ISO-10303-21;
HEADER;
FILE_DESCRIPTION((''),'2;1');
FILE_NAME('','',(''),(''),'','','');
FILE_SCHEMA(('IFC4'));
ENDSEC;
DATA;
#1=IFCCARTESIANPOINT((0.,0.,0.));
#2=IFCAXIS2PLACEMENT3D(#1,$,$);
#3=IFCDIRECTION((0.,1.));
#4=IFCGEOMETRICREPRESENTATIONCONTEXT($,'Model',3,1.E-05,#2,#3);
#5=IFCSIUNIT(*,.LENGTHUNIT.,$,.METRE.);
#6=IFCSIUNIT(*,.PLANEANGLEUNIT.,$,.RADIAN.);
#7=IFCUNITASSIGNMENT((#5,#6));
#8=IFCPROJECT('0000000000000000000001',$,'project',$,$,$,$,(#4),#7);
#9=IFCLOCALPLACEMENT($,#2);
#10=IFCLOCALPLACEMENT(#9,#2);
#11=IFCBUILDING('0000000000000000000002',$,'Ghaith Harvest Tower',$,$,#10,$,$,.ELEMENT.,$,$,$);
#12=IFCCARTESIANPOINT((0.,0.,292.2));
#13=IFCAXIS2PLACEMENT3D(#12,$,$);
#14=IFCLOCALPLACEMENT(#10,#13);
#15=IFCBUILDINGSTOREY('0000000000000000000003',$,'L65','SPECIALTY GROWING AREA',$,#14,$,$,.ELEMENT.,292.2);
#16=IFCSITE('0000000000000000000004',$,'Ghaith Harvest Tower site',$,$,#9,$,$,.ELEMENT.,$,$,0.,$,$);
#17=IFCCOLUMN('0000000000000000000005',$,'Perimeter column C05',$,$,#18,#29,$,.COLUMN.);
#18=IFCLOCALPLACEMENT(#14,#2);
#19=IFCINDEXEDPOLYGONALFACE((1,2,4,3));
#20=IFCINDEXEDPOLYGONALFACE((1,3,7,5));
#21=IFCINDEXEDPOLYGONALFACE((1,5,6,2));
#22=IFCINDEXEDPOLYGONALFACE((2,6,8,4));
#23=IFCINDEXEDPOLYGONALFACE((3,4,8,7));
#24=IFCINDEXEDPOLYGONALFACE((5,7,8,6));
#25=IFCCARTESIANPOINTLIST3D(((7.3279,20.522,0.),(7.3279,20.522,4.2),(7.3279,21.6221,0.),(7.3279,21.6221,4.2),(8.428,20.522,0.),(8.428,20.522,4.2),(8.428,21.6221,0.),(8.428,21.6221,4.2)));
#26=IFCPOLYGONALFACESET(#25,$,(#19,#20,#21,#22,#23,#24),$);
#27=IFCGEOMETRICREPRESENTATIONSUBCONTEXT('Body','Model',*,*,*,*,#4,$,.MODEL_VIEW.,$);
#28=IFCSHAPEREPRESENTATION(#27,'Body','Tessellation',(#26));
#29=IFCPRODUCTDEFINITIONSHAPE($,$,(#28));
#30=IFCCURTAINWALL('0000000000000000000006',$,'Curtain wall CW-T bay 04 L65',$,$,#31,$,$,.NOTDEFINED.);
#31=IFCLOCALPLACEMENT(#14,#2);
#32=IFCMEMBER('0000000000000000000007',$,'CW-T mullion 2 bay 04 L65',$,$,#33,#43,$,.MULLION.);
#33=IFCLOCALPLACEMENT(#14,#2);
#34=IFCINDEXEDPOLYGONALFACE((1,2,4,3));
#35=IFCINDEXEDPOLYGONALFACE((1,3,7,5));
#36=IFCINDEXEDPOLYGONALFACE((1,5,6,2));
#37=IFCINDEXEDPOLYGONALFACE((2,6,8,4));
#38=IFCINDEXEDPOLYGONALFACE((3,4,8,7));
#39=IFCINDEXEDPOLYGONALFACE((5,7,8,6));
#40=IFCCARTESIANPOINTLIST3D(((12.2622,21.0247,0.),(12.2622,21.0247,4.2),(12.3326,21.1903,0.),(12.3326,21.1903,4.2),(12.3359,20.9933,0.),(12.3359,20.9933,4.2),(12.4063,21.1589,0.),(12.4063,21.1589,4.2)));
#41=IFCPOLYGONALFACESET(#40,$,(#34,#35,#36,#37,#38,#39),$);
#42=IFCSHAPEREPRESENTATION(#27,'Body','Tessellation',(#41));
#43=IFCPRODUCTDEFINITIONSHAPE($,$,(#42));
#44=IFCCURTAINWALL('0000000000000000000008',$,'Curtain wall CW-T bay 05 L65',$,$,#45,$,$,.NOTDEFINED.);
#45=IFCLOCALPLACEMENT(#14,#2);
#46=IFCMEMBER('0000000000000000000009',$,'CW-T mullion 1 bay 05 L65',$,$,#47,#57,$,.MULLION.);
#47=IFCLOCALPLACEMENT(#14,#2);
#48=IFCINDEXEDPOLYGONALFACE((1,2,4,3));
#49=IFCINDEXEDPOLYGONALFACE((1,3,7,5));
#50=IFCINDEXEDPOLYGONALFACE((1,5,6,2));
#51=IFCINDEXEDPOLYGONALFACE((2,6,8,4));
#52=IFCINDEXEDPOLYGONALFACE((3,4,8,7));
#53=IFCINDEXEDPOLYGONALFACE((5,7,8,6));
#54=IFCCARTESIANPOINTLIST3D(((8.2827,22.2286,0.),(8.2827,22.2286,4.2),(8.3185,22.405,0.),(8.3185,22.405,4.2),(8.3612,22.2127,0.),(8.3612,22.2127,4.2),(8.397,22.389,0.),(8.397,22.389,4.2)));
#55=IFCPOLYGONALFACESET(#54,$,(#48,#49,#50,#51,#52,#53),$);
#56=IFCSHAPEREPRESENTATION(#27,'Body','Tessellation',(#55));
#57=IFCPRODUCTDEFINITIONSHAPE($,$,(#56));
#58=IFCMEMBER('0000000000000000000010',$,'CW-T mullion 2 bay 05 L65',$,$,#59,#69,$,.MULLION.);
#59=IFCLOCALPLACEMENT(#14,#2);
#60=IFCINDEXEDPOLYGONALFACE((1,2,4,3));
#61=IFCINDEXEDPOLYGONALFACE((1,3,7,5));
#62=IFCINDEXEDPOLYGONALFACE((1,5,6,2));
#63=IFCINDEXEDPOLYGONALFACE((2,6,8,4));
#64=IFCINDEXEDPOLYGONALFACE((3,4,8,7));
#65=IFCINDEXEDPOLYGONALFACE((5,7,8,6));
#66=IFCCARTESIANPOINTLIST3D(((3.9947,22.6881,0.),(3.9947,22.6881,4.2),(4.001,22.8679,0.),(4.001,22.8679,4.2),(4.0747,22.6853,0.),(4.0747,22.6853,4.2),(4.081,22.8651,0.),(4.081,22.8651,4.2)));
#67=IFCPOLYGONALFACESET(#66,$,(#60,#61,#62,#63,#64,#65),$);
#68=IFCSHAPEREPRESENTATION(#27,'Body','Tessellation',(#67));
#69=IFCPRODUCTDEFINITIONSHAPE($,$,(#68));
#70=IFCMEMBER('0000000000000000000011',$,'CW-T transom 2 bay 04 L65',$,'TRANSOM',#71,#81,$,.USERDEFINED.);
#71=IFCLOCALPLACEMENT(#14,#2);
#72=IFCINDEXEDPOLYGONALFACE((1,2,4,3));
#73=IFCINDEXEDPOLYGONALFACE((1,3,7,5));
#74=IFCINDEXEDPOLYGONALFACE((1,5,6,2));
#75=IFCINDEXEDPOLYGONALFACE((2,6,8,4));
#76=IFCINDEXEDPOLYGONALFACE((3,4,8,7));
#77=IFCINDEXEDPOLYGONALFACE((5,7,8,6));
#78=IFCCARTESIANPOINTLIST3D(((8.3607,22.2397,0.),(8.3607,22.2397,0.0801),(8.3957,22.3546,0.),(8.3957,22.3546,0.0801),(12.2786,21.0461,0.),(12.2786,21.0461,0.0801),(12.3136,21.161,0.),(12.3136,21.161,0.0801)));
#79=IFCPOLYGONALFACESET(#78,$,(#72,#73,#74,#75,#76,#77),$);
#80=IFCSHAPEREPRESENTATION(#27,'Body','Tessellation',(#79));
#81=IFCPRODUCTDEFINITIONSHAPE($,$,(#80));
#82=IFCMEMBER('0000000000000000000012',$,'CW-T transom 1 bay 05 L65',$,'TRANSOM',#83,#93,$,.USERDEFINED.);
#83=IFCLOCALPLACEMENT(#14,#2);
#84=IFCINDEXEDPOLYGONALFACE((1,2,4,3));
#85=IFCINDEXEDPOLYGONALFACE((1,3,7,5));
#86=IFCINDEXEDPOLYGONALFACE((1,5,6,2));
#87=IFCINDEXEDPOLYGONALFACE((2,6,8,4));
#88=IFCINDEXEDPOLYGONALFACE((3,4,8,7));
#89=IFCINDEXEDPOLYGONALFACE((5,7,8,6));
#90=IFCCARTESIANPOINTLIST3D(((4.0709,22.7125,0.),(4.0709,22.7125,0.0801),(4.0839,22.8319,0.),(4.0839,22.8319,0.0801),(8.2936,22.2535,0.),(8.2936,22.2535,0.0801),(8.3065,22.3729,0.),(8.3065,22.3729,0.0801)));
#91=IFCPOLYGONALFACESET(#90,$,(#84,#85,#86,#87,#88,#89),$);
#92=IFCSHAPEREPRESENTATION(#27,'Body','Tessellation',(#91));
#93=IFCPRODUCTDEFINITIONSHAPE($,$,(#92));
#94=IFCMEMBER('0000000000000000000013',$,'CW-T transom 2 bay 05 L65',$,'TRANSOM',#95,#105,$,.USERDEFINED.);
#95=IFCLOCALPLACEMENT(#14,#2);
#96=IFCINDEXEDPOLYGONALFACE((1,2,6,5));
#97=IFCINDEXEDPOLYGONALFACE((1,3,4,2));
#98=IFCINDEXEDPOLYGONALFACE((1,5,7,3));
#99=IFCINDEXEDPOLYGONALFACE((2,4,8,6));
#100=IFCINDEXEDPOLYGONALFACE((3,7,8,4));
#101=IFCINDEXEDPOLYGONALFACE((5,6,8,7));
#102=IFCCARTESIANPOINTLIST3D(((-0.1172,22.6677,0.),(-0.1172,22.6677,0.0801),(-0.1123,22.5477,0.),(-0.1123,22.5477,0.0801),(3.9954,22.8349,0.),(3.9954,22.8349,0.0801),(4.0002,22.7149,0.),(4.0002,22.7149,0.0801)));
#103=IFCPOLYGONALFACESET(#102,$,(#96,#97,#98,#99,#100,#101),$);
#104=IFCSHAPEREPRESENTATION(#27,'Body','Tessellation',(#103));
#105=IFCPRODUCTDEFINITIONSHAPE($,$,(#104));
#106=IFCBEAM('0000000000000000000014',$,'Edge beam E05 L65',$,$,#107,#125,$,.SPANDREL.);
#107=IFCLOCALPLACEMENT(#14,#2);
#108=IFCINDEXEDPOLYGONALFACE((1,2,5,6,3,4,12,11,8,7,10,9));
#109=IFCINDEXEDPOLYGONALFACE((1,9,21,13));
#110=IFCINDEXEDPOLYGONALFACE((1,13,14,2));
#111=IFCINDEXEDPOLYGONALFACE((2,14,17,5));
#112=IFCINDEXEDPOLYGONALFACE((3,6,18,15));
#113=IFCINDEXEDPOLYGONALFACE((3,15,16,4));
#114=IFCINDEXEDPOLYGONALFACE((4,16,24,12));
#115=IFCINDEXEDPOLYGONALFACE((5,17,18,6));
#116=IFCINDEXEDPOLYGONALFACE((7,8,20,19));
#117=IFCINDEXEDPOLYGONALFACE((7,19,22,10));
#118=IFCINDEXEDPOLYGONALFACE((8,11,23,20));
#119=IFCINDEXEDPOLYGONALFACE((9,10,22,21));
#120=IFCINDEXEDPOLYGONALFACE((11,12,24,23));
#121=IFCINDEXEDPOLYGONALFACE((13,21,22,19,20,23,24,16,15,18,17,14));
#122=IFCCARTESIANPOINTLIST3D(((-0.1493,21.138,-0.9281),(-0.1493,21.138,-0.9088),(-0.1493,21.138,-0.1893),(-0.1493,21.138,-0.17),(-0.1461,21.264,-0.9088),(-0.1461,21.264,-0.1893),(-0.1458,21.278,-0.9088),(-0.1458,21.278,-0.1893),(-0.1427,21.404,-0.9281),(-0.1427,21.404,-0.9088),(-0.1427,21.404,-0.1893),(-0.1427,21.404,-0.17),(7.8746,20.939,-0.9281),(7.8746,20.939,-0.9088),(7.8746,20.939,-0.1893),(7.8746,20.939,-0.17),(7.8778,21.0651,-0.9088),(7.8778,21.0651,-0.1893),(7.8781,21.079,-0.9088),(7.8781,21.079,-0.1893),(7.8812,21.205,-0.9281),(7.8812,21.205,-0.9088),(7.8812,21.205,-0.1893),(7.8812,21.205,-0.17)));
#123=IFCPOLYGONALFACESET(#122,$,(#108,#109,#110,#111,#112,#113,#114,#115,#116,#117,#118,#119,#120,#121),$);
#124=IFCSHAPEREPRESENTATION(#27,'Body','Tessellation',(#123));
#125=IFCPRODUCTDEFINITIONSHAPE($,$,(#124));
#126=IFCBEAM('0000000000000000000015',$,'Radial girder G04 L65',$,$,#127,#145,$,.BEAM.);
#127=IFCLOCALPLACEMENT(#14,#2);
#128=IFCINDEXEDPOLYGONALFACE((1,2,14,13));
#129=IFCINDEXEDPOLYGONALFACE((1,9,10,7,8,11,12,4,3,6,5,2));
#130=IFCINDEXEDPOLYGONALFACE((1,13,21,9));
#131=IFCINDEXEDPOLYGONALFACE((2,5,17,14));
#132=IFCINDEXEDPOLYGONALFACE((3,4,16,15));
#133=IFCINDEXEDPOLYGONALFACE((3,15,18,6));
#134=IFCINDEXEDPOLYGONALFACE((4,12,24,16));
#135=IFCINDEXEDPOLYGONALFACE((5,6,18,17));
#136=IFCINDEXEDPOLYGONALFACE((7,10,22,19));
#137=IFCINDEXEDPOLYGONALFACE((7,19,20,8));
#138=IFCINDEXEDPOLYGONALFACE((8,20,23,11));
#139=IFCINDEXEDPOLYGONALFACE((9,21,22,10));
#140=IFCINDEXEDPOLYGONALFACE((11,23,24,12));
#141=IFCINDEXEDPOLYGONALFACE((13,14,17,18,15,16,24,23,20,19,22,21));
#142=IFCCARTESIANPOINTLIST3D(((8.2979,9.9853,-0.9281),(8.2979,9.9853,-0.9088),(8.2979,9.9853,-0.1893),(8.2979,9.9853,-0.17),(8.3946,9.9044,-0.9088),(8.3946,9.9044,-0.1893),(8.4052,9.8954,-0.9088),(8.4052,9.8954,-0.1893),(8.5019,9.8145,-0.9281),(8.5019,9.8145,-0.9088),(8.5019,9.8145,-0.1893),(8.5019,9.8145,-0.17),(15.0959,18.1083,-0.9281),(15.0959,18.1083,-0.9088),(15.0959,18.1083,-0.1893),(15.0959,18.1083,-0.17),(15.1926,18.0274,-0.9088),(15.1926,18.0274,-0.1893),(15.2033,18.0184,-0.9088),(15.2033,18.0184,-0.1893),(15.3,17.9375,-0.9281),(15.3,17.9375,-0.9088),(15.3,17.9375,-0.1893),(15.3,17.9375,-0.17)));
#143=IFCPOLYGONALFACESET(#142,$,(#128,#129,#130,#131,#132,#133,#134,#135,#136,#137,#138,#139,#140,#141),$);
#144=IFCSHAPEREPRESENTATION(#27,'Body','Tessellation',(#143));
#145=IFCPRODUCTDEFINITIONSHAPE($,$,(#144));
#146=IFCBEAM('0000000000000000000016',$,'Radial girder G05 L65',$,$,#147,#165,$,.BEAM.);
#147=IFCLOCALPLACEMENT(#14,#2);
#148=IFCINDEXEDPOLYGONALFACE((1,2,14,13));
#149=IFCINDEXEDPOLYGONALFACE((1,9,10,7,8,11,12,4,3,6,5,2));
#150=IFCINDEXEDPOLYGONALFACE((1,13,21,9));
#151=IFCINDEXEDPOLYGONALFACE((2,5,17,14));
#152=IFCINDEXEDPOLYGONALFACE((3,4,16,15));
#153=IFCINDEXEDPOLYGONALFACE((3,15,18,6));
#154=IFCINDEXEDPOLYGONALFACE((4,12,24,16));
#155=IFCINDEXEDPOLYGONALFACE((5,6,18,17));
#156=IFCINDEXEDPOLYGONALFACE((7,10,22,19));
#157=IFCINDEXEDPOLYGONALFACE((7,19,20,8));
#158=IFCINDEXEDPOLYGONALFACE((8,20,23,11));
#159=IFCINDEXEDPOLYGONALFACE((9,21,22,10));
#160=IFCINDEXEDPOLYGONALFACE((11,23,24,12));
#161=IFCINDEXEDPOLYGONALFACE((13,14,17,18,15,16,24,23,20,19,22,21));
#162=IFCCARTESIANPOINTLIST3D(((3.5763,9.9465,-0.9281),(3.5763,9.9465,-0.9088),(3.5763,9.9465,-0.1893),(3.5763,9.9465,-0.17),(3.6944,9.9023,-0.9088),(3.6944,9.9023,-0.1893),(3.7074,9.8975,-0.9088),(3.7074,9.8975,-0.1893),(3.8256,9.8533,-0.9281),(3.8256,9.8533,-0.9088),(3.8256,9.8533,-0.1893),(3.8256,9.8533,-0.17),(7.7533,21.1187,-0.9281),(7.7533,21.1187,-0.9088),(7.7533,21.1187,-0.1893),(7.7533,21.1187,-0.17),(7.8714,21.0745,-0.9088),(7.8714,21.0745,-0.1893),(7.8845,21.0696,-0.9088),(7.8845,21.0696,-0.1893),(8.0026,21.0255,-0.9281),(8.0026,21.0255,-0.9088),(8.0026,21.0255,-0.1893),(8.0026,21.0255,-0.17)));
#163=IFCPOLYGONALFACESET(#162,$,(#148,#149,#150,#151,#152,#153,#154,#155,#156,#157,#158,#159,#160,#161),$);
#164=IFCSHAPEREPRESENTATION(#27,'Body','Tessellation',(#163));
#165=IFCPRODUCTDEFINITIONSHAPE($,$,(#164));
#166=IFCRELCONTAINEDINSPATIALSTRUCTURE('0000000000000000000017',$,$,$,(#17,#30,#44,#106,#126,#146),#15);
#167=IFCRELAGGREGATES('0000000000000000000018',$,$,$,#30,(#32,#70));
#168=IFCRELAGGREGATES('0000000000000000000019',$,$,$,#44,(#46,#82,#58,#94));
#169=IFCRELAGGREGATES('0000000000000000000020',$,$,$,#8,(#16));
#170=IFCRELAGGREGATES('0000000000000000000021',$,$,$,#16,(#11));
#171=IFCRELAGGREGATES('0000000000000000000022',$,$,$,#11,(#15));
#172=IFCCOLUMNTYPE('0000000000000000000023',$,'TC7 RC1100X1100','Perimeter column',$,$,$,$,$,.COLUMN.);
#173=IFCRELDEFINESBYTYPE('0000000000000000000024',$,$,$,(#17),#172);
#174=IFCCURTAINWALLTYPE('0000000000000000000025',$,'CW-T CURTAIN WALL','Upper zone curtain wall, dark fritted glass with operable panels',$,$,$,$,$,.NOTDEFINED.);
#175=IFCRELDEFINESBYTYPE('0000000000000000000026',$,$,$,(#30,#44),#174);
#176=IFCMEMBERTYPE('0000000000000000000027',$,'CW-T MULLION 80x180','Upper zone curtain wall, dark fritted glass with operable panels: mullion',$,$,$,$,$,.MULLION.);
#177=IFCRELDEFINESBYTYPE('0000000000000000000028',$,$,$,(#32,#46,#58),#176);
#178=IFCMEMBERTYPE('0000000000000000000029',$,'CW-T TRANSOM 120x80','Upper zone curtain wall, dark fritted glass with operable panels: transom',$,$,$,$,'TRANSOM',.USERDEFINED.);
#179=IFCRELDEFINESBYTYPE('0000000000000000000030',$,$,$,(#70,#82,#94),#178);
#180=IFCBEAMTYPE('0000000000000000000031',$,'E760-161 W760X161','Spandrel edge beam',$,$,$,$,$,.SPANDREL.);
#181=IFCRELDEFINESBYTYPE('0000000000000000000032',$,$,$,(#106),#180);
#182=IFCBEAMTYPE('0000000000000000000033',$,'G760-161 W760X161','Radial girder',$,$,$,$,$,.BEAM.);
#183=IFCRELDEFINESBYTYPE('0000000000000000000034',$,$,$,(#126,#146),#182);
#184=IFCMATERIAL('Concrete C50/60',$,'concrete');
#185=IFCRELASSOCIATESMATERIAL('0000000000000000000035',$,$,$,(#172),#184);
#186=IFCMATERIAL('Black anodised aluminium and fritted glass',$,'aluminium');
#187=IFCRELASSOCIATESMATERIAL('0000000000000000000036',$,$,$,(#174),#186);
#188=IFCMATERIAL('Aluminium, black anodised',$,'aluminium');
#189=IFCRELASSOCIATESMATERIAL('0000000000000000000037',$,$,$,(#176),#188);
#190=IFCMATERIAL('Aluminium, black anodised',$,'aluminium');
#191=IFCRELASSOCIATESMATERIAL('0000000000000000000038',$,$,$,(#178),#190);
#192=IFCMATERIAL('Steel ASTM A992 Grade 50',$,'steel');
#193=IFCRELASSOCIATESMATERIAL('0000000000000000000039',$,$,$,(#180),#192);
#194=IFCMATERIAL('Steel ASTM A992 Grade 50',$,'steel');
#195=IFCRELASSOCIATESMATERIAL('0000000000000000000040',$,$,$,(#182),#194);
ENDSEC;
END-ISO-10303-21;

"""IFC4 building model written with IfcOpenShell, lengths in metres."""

from ifc_helpers import new_model, si_unit, direction, frame, origin, origin_2d, place, context, subcontext, project, spatial, rectangle, i_section, extrude, material, material_profile, profile_set, type_object, element, aggregate, save


model = new_model("IFC4")

# Units and contexts
model_context = context("Model", 3, precision=1e-05, world=origin(), true_north=direction((0.0, 1.0)))
body_context = subcontext(model_context, "Body", "Model", "MODEL_VIEW")
ifc_project = project(units=[si_unit("LENGTHUNIT", "METRE"), si_unit("PLANEANGLEUNIT", "RADIAN")], contexts=[model_context])

# Site, building, storey
site_placement = place(None, origin())
site = spatial("IfcSite", under=ifc_project, at=site_placement, Name="Ghaith Harvest Tower site", CompositionType="ELEMENT", RefElevation=0.0)
building_placement = place(site_placement, origin())
building = spatial("IfcBuilding", under=site, at=building_placement, Name="Ghaith Harvest Tower", CompositionType="ELEMENT")
storey_placement = place(building_placement, frame((0.0, 0.0, 292.2)))
storey = spatial("IfcBuildingStorey", under=building, at=storey_placement, Name="L65", Description="SPECIALTY GROWING AREA", CompositionType="ELEMENT", Elevation=292.2)

# Column
ifc_material_1 = material(Name="Concrete C50/60", Category="concrete")
ifc_material_profile_1 = material_profile(ifc_material_1, rectangle(XDim=1.1001, YDim=1.1001, at=origin_2d()), Name="RC1100X1100")
ifc_profile_set_1 = profile_set([ifc_material_profile_1], Name="Concrete C50/60")
column_type = type_object("IfcColumnType", Name="TC7 RC1100X1100", Description="Perimeter column", PredefinedType="COLUMN", material=ifc_profile_set_1)
column_placement = place(storey_placement, frame((7.8779, 21.072, 0.0), z_axis=(0.0, 0.0, 1.0), x_axis=(1.0, 0.0, 0.0)))
element("IfcColumn", 1, at=column_placement, inside=storey, type_object=column_type, Name="Perimeter column C05", PredefinedType="COLUMN", context=body_context, shape_type="SweptSolid", body=[
    extrude(rectangle(XDim=1.1001, YDim=1.1001, at=origin_2d()), origin(), (0.0, 0.0, 1.0), 4.2),
])

# Curtain wall, member
ifc_material_2 = material(Name="Black anodised aluminium and fritted glass", Category="aluminium")
curtain_wall_type = type_object("IfcCurtainWallType", Name="CW-T CURTAIN WALL", Description="Upper zone curtain wall, dark fritted glass with operable panels", PredefinedType="NOTDEFINED", material=ifc_material_2)
curtain_wall_1_placement = place(storey_placement, origin())
curtain_wall_1 = element("IfcCurtainWall", 2, at=curtain_wall_1_placement, inside=storey, type_object=curtain_wall_type, Name="Curtain wall CW-T bay 04 L65", PredefinedType="NOTDEFINED")
ifc_material_3 = material(Name="Aluminium, black anodised", Category="aluminium")
ifc_material_profile_2 = material_profile(ifc_material_3, rectangle(XDim=0.0801, YDim=0.1799, at=origin_2d()), Name="CW-T MULLION 80x180")
ifc_profile_set_2 = profile_set([ifc_material_profile_2], Name="Aluminium, black anodised")
member_type_1 = type_object("IfcMemberType", Name="CW-T MULLION 80x180", Description="Upper zone curtain wall, dark fritted glass with operable panels: mullion", PredefinedType="MULLION", material=ifc_profile_set_2)
member_1_placement = place(storey_placement, frame((12.3342, 21.0918, 0.0), z_axis=(0.0, 0.0, 1.0), x_axis=(-0.920319, 0.391168, 0.0)))
member_1 = element("IfcMember", 3, at=member_1_placement, type_object=member_type_1, Name="CW-T mullion 2 bay 04 L65", PredefinedType="MULLION", context=body_context, shape_type="SweptSolid", body=[
    extrude(rectangle(XDim=0.0801, YDim=0.1799, at=origin_2d()), origin(), (0.0, 0.0, 1.0), 4.2),
])

# Curtain wall, members
curtain_wall_2_placement = place(storey_placement, origin())
curtain_wall_2 = element("IfcCurtainWall", 4, at=curtain_wall_2_placement, inside=storey, type_object=curtain_wall_type, Name="Curtain wall CW-T bay 05 L65", PredefinedType="NOTDEFINED")
member_2_placement = place(storey_placement, frame((8.3398, 22.3088, 0.0), z_axis=(0.0, 0.0, 1.0), x_axis=(-0.98, 0.198997, 0.0)))
member_2 = element("IfcMember", 5, at=member_2_placement, type_object=member_type_1, Name="CW-T mullion 1 bay 05 L65", PredefinedType="MULLION", context=body_context, shape_type="SweptSolid", body=[
    extrude(rectangle(XDim=0.0801, YDim=0.1799, at=origin_2d()), origin(), (0.0, 0.0, 1.0), 4.2),
])
member_3_placement = place(storey_placement, frame((4.0378, 22.7766, 0.0), z_axis=(0.0, 0.0, 1.0), x_axis=(-0.999389, 0.034962, 0.0)))
member_3 = element("IfcMember", 6, at=member_3_placement, type_object=member_type_1, Name="CW-T mullion 2 bay 05 L65", PredefinedType="MULLION", context=body_context, shape_type="SweptSolid", body=[
    extrude(rectangle(XDim=0.0801, YDim=0.1799, at=origin_2d()), origin(), (0.0, 0.0, 1.0), 4.2),
])

# Members
ifc_material_4 = material(Name="Aluminium, black anodised", Category="aluminium")
ifc_material_profile_3 = material_profile(ifc_material_4, rectangle(XDim=0.1201, YDim=0.0801, at=origin_2d()), Name="CW-T TRANSOM 120x80")
ifc_profile_set_3 = profile_set([ifc_material_profile_3], Name="Aluminium, black anodised")
member_type_2 = type_object("IfcMemberType", Name="CW-T TRANSOM 120x80", Description="Upper zone curtain wall, dark fritted glass with operable panels: transom", ElementType="TRANSOM", PredefinedType="USERDEFINED", material=ifc_profile_set_3)
member_4_placement = place(storey_placement, frame((12.2961, 21.1035, 0.04), z_axis=(-0.956594, 0.291425, 0.0), x_axis=(-0.291425, -0.956594, 0.0)))
member_4 = element("IfcMember", 7, at=member_4_placement, type_object=member_type_2, Name="CW-T transom 2 bay 04 L65", ObjectType="TRANSOM", PredefinedType="USERDEFINED", context=body_context, shape_type="SweptSolid", body=[
    extrude(rectangle(XDim=0.1201, YDim=0.0801, at=origin_2d()), origin(), (0.0, 0.0, 1.0), 4.0957),
])
member_5_placement = place(storey_placement, frame((8.3, 22.3132, 0.04), z_axis=(-0.994144, 0.108059, 0.0), x_axis=(-0.108059, -0.994144, 0.0)))
member_5 = element("IfcMember", 8, at=member_5_placement, type_object=member_type_2, Name="CW-T transom 1 bay 05 L65", ObjectType="TRANSOM", PredefinedType="USERDEFINED", context=body_context, shape_type="SweptSolid", body=[
    extrude(rectangle(XDim=0.1201, YDim=0.0801, at=origin_2d()), origin(), (0.0, 0.0, 1.0), 4.2476),
])
member_6_placement = place(storey_placement, frame((3.9978, 22.7749, 0.04), z_axis=(-0.999174, -0.040631, 0.0), x_axis=(0.040631, -0.999174, 0.0)))
member_6 = element("IfcMember", 9, at=member_6_placement, type_object=member_type_2, Name="CW-T transom 2 bay 05 L65", ObjectType="TRANSOM", PredefinedType="USERDEFINED", context=body_context, shape_type="SweptSolid", body=[
    extrude(rectangle(XDim=0.1201, YDim=0.0801, at=origin_2d()), origin(), (0.0, 0.0, 1.0), 4.116),
])

# Beams
ifc_material_5 = material(Name="Steel ASTM A992 Grade 50", Category="steel")
ifc_material_profile_4 = material_profile(ifc_material_5, i_section(OverallWidth=0.2661, OverallDepth=0.7581, WebThickness=0.0139, FlangeThickness=0.0193, at=origin_2d()), Name="W760X161")
ifc_profile_set_4 = profile_set([ifc_material_profile_4], Name="Steel ASTM A992 Grade 50")
beam_type_1 = type_object("IfcBeamType", Name="E760-161 W760X161", Description="Spandrel edge beam", PredefinedType="SPANDREL", material=ifc_profile_set_4)
beam_1_placement = place(storey_placement, frame((7.8779, 21.072, -0.5491), z_axis=(-0.999693, 0.02479, 0.0), x_axis=(-0.02479, -0.999693, 0.0)))
element("IfcBeam", 10, at=beam_1_placement, inside=storey, type_object=beam_type_1, Name="Edge beam E05 L65", PredefinedType="SPANDREL", context=body_context, shape_type="SweptSolid", body=[
    extrude(i_section(OverallWidth=0.2661, OverallDepth=0.7581, WebThickness=0.0139, FlangeThickness=0.0193, at=origin_2d()), origin(), (0.0, 0.0, 1.0), 8.0264),
])
ifc_material_6 = material(Name="Steel ASTM A992 Grade 50", Category="steel")
ifc_material_profile_5 = material_profile(ifc_material_6, i_section(OverallWidth=0.2661, OverallDepth=0.7581, WebThickness=0.0139, FlangeThickness=0.0193, at=origin_2d()), Name="W760X161")
ifc_profile_set_5 = profile_set([ifc_material_profile_5], Name="Steel ASTM A992 Grade 50")
beam_type_2 = type_object("IfcBeamType", Name="G760-161 W760X161", Description="Radial girder", PredefinedType="BEAM", material=ifc_profile_set_5)
beam_2_placement = place(storey_placement, frame((8.3999, 9.8999, -0.5491), z_axis=(0.641793, 0.766878, 0.0), x_axis=(-0.766878, 0.641793, 0.0)))
element("IfcBeam", 11, at=beam_2_placement, inside=storey, type_object=beam_type_2, Name="Radial girder G04 L65", PredefinedType="BEAM", context=body_context, shape_type="SweptSolid", body=[
    extrude(i_section(OverallWidth=0.2661, OverallDepth=0.7581, WebThickness=0.0139, FlangeThickness=0.0193, at=origin_2d()), origin(), (0.0, 0.0, 1.0), 10.5923),
])
beam_3_placement = place(storey_placement, frame((3.7009, 9.8999, -0.5491), z_axis=(0.350201, 0.936674, 0.0), x_axis=(-0.936674, 0.350201, 0.0)))
element("IfcBeam", 12, at=beam_3_placement, inside=storey, type_object=beam_type_2, Name="Radial girder G05 L65", PredefinedType="BEAM", context=body_context, shape_type="SweptSolid", body=[
    extrude(i_section(OverallWidth=0.2661, OverallDepth=0.7581, WebThickness=0.0139, FlangeThickness=0.0193, at=origin_2d()), origin(), (0.0, 0.0, 1.0), 11.9275),
])

aggregate(curtain_wall_1, [member_1, member_4])
aggregate(curtain_wall_2, [member_2, member_5, member_3, member_6])

save(model, "model.ifc")
